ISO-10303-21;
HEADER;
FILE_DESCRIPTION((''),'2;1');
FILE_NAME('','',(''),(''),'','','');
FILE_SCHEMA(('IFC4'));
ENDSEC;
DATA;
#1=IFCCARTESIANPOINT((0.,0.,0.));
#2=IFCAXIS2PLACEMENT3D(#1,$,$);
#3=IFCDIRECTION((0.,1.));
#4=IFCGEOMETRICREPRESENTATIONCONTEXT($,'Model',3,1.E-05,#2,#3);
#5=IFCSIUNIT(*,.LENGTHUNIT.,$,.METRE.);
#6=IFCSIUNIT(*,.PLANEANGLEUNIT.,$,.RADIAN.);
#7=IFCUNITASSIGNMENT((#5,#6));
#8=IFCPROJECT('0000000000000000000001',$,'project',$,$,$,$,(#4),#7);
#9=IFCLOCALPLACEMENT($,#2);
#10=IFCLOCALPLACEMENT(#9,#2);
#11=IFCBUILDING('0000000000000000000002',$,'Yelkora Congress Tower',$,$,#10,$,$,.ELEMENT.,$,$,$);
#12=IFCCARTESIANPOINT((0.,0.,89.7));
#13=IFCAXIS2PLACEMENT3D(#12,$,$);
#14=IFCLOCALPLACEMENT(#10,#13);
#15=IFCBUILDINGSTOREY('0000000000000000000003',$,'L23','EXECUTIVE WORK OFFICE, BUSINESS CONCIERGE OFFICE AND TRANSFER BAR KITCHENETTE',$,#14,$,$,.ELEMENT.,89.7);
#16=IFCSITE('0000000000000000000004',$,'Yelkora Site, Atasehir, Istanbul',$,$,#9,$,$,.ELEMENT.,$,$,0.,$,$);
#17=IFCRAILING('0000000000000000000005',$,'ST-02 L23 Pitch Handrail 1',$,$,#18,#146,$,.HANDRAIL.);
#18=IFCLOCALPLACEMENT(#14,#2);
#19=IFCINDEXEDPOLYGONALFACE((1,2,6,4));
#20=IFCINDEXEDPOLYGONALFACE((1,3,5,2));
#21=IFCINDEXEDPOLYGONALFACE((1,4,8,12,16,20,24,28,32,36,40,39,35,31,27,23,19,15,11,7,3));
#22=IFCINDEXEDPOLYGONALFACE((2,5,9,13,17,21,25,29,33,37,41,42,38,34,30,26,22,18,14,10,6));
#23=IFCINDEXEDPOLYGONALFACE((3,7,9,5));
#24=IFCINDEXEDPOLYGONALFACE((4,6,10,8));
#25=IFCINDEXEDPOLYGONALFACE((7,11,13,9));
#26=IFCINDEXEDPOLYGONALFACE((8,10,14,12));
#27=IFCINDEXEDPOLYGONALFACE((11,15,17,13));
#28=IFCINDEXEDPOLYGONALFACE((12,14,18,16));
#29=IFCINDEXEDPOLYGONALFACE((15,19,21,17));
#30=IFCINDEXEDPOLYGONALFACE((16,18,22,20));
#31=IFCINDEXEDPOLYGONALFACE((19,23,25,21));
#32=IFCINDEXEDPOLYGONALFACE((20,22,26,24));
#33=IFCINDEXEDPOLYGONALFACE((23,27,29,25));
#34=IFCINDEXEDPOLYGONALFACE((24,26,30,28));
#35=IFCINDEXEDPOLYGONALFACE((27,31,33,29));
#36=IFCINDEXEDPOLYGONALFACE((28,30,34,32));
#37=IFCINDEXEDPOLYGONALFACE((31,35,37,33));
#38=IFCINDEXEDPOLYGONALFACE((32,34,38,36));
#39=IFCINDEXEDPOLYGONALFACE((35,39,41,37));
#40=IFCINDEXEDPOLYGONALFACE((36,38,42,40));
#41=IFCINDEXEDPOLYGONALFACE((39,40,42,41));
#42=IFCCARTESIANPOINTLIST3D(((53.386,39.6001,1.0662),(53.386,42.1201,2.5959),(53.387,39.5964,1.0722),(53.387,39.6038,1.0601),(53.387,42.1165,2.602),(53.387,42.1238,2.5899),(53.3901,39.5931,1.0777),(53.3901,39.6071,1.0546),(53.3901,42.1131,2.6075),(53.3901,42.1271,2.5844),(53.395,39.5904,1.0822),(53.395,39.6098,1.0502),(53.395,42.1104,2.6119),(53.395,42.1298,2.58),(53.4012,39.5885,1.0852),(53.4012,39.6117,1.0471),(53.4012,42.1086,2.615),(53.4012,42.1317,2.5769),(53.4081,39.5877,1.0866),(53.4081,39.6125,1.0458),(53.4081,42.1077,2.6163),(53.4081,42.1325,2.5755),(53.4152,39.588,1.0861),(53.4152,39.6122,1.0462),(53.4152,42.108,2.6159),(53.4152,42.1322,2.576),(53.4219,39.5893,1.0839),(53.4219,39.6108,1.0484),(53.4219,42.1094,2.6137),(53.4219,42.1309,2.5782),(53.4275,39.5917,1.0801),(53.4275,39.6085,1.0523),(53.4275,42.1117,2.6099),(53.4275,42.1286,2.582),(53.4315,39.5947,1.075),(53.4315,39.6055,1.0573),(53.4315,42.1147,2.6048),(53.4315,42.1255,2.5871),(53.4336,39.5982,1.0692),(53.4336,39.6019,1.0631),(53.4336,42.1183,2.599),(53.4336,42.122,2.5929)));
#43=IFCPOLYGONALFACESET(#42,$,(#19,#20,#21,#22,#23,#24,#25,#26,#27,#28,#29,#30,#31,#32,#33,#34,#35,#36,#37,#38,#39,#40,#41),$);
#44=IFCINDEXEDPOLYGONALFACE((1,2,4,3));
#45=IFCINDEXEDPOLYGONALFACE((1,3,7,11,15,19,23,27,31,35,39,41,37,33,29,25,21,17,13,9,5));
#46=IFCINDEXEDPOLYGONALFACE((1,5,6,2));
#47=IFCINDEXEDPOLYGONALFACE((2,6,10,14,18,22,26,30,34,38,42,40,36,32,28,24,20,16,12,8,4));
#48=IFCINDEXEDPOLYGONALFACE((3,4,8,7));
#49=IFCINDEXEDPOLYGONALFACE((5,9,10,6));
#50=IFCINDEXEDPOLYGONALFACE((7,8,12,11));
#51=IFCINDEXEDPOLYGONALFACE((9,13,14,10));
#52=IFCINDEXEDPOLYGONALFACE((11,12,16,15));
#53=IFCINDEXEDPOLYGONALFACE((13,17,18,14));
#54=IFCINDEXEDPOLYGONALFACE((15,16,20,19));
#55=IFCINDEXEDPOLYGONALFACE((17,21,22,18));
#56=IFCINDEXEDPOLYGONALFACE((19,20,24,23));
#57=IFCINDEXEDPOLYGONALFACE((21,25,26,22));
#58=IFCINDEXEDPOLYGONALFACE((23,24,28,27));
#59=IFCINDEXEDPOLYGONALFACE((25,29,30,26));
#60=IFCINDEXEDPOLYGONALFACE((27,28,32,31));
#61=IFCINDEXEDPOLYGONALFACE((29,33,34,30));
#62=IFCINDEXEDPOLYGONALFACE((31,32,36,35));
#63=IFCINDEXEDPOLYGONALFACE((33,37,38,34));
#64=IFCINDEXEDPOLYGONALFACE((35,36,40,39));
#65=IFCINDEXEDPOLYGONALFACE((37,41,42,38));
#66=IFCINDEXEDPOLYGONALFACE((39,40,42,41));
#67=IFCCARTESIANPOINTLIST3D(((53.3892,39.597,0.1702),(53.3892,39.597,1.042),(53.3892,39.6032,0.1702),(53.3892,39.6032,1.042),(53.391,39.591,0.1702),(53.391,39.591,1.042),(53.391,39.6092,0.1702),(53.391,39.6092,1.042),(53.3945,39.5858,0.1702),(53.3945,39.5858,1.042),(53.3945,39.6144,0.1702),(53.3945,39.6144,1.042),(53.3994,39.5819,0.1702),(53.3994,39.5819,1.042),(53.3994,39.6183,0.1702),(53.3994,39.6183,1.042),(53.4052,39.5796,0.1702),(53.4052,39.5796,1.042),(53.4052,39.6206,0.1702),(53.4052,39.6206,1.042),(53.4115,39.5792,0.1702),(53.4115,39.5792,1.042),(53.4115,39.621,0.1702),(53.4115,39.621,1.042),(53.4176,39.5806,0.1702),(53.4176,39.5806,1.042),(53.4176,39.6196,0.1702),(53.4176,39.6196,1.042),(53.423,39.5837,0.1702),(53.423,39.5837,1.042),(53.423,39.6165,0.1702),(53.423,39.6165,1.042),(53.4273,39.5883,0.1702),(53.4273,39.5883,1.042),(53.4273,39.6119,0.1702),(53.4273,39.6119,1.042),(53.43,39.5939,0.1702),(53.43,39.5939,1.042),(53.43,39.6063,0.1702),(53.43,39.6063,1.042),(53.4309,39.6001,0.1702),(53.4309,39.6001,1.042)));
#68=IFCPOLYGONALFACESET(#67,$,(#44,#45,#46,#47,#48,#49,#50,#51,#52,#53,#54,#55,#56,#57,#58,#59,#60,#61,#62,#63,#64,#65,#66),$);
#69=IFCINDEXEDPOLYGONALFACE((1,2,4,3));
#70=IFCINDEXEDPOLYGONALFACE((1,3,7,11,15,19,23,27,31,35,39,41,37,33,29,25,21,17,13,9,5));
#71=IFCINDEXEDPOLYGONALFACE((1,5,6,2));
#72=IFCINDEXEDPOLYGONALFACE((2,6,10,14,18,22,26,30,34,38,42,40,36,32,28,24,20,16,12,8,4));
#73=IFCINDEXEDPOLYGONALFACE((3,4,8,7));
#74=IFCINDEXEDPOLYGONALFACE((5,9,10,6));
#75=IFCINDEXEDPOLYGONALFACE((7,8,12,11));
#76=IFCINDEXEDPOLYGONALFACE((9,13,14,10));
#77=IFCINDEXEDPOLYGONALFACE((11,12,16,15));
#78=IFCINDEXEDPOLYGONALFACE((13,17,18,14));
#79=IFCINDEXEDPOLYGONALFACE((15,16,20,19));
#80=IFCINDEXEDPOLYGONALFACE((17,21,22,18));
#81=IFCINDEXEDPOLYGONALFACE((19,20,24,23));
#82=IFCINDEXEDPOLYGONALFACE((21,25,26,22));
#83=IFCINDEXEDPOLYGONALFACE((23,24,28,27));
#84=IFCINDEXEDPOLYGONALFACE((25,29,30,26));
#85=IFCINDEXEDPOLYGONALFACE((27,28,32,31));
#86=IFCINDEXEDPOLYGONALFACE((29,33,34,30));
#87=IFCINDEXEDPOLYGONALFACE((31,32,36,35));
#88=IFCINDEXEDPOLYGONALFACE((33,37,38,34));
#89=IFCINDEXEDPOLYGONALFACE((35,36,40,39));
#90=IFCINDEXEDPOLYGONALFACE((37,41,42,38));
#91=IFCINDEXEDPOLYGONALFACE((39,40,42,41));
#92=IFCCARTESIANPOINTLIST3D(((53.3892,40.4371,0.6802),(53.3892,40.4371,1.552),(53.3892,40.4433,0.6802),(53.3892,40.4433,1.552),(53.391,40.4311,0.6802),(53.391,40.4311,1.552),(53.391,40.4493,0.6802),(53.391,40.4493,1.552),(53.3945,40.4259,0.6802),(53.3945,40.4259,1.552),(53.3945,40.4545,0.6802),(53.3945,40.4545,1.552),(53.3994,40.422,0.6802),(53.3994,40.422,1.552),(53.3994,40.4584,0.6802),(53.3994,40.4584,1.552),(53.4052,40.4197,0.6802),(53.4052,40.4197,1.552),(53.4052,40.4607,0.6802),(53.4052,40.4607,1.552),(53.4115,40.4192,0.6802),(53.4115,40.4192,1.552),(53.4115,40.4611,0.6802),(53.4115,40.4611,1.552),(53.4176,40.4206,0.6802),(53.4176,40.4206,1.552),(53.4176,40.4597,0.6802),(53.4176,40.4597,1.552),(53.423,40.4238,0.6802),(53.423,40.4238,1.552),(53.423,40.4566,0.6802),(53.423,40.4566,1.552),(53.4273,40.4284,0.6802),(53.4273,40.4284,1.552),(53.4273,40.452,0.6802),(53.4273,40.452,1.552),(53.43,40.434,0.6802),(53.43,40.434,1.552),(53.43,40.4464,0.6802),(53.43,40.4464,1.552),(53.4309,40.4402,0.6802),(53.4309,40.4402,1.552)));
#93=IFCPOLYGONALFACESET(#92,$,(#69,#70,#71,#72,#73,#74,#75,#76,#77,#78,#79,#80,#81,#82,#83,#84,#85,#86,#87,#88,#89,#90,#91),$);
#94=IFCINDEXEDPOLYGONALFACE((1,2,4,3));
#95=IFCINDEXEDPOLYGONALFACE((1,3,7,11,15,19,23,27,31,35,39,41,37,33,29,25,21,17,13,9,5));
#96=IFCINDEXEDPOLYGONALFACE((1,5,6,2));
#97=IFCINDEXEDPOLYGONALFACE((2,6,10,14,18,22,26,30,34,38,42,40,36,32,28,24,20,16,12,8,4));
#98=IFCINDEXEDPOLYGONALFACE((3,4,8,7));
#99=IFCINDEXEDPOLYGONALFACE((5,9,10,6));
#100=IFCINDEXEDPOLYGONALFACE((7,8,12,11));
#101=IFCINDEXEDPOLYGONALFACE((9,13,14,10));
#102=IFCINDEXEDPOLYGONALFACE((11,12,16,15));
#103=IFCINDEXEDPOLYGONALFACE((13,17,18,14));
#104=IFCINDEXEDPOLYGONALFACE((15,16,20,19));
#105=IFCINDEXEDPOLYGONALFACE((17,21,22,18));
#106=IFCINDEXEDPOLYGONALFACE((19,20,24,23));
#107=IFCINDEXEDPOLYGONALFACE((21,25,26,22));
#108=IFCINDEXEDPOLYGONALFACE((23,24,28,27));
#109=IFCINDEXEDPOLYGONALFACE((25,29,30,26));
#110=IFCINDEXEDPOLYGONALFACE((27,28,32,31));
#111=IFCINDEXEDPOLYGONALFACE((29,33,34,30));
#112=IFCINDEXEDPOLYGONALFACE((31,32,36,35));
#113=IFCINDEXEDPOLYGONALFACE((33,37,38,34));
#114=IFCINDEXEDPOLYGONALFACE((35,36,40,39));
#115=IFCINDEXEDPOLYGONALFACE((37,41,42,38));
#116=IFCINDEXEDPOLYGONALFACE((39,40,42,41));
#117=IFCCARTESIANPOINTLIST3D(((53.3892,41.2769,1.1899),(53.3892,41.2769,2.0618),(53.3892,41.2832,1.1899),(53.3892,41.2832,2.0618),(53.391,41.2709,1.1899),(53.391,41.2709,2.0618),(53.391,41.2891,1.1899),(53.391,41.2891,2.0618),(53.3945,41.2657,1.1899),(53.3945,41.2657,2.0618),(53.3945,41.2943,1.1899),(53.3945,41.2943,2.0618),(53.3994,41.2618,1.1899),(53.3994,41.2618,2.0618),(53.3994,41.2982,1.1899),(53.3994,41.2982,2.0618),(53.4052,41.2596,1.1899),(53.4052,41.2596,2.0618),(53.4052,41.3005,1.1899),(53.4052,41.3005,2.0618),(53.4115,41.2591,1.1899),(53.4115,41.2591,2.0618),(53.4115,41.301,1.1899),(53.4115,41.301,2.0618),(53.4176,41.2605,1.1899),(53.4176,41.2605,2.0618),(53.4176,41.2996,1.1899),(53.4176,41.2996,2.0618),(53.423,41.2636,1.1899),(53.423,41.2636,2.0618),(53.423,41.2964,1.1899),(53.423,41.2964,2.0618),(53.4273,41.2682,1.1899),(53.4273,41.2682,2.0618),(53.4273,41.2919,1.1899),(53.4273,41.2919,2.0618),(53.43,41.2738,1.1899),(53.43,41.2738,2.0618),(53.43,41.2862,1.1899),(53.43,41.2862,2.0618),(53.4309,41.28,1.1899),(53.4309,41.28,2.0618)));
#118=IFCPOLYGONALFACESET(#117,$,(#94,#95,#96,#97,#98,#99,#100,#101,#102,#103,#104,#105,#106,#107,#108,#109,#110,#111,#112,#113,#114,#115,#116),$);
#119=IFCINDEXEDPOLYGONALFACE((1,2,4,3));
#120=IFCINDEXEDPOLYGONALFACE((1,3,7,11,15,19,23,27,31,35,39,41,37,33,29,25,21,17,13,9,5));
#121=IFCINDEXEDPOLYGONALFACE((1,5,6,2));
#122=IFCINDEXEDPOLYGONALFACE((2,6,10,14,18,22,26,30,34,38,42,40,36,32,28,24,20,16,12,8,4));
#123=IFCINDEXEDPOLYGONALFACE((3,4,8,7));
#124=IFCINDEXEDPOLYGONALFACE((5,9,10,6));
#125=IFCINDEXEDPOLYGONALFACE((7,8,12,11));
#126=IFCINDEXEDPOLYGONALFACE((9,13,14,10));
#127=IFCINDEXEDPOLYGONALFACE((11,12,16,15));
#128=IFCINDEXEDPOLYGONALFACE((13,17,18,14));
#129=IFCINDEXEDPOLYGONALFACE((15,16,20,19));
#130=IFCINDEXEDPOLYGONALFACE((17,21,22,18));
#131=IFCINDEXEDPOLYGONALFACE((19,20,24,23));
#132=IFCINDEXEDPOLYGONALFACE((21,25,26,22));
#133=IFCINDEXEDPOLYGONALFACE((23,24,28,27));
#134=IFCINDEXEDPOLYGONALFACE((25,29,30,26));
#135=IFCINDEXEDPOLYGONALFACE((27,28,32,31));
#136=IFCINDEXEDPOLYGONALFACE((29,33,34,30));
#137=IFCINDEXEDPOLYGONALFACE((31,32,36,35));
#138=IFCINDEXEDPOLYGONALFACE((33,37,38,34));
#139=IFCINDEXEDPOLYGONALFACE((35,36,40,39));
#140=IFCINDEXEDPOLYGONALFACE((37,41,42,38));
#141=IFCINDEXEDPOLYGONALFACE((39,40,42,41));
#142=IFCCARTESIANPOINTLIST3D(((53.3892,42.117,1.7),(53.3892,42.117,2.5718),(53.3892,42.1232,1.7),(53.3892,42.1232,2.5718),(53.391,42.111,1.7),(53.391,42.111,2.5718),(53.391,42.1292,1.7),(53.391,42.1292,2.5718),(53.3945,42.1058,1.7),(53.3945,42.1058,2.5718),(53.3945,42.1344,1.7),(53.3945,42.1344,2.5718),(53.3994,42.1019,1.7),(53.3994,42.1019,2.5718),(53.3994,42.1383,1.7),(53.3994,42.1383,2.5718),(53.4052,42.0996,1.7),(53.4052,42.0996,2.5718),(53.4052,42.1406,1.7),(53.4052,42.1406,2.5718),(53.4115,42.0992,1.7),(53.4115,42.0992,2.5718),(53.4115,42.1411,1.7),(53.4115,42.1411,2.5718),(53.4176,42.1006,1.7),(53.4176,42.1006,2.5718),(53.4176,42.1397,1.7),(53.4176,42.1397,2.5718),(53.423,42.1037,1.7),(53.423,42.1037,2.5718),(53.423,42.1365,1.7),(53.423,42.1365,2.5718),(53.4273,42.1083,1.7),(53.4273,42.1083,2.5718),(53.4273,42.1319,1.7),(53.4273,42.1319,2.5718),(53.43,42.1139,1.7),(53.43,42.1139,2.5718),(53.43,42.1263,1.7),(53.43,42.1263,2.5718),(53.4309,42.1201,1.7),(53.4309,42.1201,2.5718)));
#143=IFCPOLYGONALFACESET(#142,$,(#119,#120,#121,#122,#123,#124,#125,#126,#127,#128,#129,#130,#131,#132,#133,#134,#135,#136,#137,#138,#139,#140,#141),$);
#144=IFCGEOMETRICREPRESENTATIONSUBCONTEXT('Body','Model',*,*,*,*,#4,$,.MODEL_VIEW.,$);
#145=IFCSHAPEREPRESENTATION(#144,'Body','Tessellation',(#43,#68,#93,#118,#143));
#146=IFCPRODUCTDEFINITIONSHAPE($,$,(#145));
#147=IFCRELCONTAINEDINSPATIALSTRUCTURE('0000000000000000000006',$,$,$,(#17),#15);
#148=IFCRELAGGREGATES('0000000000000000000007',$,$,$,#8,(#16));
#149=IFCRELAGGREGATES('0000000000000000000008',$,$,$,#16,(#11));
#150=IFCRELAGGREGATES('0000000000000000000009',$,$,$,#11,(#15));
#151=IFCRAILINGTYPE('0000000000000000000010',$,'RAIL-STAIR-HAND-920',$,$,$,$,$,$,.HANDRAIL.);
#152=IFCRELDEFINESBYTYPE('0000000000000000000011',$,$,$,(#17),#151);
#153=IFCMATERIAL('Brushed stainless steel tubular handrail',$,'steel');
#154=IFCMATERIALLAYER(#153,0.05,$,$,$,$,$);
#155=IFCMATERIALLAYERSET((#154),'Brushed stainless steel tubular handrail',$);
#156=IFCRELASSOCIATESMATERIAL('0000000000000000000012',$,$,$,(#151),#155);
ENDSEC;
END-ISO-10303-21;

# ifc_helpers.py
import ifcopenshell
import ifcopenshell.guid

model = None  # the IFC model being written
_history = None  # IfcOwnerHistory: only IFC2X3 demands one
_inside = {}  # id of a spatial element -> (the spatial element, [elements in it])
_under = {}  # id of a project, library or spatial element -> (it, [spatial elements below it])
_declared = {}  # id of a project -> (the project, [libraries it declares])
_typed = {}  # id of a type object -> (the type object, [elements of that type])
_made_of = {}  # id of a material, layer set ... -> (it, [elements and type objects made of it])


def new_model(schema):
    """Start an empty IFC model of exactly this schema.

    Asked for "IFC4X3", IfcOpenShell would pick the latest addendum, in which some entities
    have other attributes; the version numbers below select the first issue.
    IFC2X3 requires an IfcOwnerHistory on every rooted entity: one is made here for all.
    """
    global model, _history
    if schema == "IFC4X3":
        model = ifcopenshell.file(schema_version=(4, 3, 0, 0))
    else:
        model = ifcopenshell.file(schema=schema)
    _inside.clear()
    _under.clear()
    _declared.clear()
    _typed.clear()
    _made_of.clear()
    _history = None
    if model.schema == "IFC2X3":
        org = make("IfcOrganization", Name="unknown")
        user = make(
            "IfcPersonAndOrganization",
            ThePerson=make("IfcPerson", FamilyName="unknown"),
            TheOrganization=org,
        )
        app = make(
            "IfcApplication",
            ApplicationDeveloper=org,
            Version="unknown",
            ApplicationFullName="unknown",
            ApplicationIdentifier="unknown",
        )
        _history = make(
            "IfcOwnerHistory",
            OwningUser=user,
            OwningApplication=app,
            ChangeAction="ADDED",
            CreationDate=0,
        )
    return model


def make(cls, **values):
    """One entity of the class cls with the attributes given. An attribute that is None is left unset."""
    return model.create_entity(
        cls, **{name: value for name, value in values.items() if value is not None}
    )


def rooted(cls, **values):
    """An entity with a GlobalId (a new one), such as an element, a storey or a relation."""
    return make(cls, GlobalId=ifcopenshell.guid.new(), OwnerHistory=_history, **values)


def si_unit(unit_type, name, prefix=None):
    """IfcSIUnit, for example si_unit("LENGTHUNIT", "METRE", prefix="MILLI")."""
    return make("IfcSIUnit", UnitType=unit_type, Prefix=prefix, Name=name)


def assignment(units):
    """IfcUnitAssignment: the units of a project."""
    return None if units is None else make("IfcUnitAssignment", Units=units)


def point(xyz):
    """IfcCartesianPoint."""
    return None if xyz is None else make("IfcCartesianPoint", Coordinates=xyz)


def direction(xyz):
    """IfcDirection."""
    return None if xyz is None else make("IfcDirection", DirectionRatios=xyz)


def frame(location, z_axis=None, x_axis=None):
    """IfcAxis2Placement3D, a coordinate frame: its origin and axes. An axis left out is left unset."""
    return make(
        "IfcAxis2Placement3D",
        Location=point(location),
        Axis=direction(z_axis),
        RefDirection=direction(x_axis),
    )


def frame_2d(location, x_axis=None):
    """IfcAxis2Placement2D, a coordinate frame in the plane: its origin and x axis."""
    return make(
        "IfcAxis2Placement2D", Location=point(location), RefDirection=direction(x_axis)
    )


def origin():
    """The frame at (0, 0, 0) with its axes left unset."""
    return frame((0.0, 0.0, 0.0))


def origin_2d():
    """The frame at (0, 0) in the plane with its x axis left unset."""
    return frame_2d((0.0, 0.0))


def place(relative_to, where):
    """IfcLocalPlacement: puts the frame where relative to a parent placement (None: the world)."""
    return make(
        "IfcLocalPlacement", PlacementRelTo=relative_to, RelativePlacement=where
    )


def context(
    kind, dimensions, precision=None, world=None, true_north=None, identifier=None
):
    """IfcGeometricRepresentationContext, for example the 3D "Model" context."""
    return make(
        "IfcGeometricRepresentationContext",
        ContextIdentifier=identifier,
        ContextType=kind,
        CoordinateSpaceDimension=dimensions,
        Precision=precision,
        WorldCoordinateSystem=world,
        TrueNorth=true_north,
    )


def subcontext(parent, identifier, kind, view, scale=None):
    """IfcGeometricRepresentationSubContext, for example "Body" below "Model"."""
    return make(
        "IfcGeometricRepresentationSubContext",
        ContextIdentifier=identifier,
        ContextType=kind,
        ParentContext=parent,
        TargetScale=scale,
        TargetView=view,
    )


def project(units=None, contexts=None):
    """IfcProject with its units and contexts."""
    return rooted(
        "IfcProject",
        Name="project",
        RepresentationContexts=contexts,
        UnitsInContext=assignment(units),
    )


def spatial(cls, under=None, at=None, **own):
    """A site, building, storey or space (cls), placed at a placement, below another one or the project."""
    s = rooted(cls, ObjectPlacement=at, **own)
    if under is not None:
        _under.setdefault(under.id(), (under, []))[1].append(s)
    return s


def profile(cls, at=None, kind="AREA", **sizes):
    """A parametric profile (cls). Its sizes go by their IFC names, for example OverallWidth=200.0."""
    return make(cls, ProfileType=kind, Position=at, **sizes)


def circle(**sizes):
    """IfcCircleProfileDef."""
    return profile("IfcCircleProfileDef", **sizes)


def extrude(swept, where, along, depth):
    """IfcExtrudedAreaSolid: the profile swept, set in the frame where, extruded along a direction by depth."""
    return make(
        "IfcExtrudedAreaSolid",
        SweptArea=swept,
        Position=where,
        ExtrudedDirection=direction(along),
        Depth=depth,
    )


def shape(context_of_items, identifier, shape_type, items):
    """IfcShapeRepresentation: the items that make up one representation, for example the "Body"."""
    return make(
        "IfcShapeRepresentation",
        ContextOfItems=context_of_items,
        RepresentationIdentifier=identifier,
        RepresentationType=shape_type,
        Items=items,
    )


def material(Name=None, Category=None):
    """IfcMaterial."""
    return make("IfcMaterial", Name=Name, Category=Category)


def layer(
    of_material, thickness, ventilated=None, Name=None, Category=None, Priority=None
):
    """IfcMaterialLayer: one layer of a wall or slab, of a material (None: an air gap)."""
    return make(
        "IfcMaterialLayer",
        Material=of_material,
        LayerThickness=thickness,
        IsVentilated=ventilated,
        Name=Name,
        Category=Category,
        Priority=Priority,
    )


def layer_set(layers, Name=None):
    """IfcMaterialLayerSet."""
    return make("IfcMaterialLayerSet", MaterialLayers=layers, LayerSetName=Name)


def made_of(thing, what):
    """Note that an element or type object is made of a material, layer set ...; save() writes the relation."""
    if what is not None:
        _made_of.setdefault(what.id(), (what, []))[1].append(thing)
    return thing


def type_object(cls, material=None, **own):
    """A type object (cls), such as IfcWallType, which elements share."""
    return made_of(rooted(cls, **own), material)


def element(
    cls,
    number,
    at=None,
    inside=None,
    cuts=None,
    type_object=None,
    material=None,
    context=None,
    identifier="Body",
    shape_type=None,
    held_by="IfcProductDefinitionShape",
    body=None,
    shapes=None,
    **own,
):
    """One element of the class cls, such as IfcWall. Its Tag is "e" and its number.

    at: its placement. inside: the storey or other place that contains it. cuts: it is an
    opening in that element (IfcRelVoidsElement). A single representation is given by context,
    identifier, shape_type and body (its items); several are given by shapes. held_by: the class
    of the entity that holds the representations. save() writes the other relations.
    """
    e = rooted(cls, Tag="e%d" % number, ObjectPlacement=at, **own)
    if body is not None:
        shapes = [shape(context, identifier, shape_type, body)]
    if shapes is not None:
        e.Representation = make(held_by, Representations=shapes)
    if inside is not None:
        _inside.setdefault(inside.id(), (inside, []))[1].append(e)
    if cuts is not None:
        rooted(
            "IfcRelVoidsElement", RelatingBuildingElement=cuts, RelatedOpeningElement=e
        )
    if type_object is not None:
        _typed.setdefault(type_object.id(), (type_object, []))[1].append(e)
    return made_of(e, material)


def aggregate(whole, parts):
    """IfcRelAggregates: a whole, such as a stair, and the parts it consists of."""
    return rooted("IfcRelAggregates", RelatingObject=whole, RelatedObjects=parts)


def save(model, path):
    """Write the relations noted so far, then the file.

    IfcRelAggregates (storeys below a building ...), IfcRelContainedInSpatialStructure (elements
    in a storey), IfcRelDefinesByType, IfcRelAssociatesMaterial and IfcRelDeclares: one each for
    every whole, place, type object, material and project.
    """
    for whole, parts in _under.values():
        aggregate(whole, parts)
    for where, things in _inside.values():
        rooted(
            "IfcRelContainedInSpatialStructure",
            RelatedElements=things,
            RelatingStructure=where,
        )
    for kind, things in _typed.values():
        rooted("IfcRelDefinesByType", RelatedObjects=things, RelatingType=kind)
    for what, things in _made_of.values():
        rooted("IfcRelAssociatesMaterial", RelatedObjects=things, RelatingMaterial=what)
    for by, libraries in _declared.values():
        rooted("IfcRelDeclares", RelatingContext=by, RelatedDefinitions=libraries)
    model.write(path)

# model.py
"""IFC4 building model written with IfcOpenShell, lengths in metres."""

from ifc_helpers import new_model, si_unit, direction, frame, origin, origin_2d, place, context, subcontext, project, spatial, circle, extrude, material, layer, layer_set, type_object, element, save


model = new_model("IFC4")

# Units and contexts
model_context = context("Model", 3, precision=1e-05, world=origin(), true_north=direction((0.0, 1.0)))
body_context = subcontext(model_context, "Body", "Model", "MODEL_VIEW")
ifc_project = project(units=[si_unit("LENGTHUNIT", "METRE"), si_unit("PLANEANGLEUNIT", "RADIAN")], contexts=[model_context])

# Site, building, storey
site_placement = place(None, origin())
site = spatial("IfcSite", under=ifc_project, at=site_placement, Name="Yelkora Site, Atasehir, Istanbul", CompositionType="ELEMENT", RefElevation=0.0)
building_placement = place(site_placement, origin())
building = spatial("IfcBuilding", under=site, at=building_placement, Name="Yelkora Congress Tower", CompositionType="ELEMENT")
storey_placement = place(building_placement, frame((0.0, 0.0, 89.7)))
storey = spatial("IfcBuildingStorey", under=building, at=storey_placement, Name="L23", Description="EXECUTIVE WORK OFFICE, BUSINESS CONCIERGE OFFICE AND TRANSFER BAR KITCHENETTE", CompositionType="ELEMENT", Elevation=89.7)

# Railing
ifc_material_1 = material(Name="Brushed stainless steel tubular handrail", Category="steel")
ifc_layer_1 = layer(ifc_material_1, 0.05)
ifc_layer_set_1 = layer_set([ifc_layer_1], Name="Brushed stainless steel tubular handrail")
railing_type_1 = type_object("IfcRailingType", Name="RAIL-STAIR-HAND-920", PredefinedType="HANDRAIL", material=ifc_layer_set_1)
railing_1_placement = place(storey_placement, frame((53.4099, 39.6001, 0.1702)))
element("IfcRailing", 1, at=railing_1_placement, inside=storey, type_object=railing_type_1, Name="ST-02 L23 Pitch Handrail 1", PredefinedType="HANDRAIL", context=body_context, shape_type="SweptSolid", body=[
    extrude(circle(Radius=0.0239, at=origin_2d()), frame((0.0, 0.0, 0.896), z_axis=(0.0, 0.854822, 0.518922), x_axis=(-1.0, 0.0, 0.0)), (0.0, 0.0, 1.0), 2.948),
    extrude(circle(Radius=0.021, at=origin_2d()), origin(), (0.0, 0.0, 1.0), 0.8718),
    extrude(circle(Radius=0.021, at=origin_2d()), frame((0.0, 0.8401, 0.51)), (0.0, 0.0, 1.0), 0.8718),
    extrude(circle(Radius=0.021, at=origin_2d()), frame((0.0, 1.6799, 1.0198)), (0.0, 0.0, 1.0), 0.8718),
    extrude(circle(Radius=0.021, at=origin_2d()), frame((0.0, 2.52, 1.5298)), (0.0, 0.0, 1.0), 0.8718),
])

save(model, "model.ifc")
